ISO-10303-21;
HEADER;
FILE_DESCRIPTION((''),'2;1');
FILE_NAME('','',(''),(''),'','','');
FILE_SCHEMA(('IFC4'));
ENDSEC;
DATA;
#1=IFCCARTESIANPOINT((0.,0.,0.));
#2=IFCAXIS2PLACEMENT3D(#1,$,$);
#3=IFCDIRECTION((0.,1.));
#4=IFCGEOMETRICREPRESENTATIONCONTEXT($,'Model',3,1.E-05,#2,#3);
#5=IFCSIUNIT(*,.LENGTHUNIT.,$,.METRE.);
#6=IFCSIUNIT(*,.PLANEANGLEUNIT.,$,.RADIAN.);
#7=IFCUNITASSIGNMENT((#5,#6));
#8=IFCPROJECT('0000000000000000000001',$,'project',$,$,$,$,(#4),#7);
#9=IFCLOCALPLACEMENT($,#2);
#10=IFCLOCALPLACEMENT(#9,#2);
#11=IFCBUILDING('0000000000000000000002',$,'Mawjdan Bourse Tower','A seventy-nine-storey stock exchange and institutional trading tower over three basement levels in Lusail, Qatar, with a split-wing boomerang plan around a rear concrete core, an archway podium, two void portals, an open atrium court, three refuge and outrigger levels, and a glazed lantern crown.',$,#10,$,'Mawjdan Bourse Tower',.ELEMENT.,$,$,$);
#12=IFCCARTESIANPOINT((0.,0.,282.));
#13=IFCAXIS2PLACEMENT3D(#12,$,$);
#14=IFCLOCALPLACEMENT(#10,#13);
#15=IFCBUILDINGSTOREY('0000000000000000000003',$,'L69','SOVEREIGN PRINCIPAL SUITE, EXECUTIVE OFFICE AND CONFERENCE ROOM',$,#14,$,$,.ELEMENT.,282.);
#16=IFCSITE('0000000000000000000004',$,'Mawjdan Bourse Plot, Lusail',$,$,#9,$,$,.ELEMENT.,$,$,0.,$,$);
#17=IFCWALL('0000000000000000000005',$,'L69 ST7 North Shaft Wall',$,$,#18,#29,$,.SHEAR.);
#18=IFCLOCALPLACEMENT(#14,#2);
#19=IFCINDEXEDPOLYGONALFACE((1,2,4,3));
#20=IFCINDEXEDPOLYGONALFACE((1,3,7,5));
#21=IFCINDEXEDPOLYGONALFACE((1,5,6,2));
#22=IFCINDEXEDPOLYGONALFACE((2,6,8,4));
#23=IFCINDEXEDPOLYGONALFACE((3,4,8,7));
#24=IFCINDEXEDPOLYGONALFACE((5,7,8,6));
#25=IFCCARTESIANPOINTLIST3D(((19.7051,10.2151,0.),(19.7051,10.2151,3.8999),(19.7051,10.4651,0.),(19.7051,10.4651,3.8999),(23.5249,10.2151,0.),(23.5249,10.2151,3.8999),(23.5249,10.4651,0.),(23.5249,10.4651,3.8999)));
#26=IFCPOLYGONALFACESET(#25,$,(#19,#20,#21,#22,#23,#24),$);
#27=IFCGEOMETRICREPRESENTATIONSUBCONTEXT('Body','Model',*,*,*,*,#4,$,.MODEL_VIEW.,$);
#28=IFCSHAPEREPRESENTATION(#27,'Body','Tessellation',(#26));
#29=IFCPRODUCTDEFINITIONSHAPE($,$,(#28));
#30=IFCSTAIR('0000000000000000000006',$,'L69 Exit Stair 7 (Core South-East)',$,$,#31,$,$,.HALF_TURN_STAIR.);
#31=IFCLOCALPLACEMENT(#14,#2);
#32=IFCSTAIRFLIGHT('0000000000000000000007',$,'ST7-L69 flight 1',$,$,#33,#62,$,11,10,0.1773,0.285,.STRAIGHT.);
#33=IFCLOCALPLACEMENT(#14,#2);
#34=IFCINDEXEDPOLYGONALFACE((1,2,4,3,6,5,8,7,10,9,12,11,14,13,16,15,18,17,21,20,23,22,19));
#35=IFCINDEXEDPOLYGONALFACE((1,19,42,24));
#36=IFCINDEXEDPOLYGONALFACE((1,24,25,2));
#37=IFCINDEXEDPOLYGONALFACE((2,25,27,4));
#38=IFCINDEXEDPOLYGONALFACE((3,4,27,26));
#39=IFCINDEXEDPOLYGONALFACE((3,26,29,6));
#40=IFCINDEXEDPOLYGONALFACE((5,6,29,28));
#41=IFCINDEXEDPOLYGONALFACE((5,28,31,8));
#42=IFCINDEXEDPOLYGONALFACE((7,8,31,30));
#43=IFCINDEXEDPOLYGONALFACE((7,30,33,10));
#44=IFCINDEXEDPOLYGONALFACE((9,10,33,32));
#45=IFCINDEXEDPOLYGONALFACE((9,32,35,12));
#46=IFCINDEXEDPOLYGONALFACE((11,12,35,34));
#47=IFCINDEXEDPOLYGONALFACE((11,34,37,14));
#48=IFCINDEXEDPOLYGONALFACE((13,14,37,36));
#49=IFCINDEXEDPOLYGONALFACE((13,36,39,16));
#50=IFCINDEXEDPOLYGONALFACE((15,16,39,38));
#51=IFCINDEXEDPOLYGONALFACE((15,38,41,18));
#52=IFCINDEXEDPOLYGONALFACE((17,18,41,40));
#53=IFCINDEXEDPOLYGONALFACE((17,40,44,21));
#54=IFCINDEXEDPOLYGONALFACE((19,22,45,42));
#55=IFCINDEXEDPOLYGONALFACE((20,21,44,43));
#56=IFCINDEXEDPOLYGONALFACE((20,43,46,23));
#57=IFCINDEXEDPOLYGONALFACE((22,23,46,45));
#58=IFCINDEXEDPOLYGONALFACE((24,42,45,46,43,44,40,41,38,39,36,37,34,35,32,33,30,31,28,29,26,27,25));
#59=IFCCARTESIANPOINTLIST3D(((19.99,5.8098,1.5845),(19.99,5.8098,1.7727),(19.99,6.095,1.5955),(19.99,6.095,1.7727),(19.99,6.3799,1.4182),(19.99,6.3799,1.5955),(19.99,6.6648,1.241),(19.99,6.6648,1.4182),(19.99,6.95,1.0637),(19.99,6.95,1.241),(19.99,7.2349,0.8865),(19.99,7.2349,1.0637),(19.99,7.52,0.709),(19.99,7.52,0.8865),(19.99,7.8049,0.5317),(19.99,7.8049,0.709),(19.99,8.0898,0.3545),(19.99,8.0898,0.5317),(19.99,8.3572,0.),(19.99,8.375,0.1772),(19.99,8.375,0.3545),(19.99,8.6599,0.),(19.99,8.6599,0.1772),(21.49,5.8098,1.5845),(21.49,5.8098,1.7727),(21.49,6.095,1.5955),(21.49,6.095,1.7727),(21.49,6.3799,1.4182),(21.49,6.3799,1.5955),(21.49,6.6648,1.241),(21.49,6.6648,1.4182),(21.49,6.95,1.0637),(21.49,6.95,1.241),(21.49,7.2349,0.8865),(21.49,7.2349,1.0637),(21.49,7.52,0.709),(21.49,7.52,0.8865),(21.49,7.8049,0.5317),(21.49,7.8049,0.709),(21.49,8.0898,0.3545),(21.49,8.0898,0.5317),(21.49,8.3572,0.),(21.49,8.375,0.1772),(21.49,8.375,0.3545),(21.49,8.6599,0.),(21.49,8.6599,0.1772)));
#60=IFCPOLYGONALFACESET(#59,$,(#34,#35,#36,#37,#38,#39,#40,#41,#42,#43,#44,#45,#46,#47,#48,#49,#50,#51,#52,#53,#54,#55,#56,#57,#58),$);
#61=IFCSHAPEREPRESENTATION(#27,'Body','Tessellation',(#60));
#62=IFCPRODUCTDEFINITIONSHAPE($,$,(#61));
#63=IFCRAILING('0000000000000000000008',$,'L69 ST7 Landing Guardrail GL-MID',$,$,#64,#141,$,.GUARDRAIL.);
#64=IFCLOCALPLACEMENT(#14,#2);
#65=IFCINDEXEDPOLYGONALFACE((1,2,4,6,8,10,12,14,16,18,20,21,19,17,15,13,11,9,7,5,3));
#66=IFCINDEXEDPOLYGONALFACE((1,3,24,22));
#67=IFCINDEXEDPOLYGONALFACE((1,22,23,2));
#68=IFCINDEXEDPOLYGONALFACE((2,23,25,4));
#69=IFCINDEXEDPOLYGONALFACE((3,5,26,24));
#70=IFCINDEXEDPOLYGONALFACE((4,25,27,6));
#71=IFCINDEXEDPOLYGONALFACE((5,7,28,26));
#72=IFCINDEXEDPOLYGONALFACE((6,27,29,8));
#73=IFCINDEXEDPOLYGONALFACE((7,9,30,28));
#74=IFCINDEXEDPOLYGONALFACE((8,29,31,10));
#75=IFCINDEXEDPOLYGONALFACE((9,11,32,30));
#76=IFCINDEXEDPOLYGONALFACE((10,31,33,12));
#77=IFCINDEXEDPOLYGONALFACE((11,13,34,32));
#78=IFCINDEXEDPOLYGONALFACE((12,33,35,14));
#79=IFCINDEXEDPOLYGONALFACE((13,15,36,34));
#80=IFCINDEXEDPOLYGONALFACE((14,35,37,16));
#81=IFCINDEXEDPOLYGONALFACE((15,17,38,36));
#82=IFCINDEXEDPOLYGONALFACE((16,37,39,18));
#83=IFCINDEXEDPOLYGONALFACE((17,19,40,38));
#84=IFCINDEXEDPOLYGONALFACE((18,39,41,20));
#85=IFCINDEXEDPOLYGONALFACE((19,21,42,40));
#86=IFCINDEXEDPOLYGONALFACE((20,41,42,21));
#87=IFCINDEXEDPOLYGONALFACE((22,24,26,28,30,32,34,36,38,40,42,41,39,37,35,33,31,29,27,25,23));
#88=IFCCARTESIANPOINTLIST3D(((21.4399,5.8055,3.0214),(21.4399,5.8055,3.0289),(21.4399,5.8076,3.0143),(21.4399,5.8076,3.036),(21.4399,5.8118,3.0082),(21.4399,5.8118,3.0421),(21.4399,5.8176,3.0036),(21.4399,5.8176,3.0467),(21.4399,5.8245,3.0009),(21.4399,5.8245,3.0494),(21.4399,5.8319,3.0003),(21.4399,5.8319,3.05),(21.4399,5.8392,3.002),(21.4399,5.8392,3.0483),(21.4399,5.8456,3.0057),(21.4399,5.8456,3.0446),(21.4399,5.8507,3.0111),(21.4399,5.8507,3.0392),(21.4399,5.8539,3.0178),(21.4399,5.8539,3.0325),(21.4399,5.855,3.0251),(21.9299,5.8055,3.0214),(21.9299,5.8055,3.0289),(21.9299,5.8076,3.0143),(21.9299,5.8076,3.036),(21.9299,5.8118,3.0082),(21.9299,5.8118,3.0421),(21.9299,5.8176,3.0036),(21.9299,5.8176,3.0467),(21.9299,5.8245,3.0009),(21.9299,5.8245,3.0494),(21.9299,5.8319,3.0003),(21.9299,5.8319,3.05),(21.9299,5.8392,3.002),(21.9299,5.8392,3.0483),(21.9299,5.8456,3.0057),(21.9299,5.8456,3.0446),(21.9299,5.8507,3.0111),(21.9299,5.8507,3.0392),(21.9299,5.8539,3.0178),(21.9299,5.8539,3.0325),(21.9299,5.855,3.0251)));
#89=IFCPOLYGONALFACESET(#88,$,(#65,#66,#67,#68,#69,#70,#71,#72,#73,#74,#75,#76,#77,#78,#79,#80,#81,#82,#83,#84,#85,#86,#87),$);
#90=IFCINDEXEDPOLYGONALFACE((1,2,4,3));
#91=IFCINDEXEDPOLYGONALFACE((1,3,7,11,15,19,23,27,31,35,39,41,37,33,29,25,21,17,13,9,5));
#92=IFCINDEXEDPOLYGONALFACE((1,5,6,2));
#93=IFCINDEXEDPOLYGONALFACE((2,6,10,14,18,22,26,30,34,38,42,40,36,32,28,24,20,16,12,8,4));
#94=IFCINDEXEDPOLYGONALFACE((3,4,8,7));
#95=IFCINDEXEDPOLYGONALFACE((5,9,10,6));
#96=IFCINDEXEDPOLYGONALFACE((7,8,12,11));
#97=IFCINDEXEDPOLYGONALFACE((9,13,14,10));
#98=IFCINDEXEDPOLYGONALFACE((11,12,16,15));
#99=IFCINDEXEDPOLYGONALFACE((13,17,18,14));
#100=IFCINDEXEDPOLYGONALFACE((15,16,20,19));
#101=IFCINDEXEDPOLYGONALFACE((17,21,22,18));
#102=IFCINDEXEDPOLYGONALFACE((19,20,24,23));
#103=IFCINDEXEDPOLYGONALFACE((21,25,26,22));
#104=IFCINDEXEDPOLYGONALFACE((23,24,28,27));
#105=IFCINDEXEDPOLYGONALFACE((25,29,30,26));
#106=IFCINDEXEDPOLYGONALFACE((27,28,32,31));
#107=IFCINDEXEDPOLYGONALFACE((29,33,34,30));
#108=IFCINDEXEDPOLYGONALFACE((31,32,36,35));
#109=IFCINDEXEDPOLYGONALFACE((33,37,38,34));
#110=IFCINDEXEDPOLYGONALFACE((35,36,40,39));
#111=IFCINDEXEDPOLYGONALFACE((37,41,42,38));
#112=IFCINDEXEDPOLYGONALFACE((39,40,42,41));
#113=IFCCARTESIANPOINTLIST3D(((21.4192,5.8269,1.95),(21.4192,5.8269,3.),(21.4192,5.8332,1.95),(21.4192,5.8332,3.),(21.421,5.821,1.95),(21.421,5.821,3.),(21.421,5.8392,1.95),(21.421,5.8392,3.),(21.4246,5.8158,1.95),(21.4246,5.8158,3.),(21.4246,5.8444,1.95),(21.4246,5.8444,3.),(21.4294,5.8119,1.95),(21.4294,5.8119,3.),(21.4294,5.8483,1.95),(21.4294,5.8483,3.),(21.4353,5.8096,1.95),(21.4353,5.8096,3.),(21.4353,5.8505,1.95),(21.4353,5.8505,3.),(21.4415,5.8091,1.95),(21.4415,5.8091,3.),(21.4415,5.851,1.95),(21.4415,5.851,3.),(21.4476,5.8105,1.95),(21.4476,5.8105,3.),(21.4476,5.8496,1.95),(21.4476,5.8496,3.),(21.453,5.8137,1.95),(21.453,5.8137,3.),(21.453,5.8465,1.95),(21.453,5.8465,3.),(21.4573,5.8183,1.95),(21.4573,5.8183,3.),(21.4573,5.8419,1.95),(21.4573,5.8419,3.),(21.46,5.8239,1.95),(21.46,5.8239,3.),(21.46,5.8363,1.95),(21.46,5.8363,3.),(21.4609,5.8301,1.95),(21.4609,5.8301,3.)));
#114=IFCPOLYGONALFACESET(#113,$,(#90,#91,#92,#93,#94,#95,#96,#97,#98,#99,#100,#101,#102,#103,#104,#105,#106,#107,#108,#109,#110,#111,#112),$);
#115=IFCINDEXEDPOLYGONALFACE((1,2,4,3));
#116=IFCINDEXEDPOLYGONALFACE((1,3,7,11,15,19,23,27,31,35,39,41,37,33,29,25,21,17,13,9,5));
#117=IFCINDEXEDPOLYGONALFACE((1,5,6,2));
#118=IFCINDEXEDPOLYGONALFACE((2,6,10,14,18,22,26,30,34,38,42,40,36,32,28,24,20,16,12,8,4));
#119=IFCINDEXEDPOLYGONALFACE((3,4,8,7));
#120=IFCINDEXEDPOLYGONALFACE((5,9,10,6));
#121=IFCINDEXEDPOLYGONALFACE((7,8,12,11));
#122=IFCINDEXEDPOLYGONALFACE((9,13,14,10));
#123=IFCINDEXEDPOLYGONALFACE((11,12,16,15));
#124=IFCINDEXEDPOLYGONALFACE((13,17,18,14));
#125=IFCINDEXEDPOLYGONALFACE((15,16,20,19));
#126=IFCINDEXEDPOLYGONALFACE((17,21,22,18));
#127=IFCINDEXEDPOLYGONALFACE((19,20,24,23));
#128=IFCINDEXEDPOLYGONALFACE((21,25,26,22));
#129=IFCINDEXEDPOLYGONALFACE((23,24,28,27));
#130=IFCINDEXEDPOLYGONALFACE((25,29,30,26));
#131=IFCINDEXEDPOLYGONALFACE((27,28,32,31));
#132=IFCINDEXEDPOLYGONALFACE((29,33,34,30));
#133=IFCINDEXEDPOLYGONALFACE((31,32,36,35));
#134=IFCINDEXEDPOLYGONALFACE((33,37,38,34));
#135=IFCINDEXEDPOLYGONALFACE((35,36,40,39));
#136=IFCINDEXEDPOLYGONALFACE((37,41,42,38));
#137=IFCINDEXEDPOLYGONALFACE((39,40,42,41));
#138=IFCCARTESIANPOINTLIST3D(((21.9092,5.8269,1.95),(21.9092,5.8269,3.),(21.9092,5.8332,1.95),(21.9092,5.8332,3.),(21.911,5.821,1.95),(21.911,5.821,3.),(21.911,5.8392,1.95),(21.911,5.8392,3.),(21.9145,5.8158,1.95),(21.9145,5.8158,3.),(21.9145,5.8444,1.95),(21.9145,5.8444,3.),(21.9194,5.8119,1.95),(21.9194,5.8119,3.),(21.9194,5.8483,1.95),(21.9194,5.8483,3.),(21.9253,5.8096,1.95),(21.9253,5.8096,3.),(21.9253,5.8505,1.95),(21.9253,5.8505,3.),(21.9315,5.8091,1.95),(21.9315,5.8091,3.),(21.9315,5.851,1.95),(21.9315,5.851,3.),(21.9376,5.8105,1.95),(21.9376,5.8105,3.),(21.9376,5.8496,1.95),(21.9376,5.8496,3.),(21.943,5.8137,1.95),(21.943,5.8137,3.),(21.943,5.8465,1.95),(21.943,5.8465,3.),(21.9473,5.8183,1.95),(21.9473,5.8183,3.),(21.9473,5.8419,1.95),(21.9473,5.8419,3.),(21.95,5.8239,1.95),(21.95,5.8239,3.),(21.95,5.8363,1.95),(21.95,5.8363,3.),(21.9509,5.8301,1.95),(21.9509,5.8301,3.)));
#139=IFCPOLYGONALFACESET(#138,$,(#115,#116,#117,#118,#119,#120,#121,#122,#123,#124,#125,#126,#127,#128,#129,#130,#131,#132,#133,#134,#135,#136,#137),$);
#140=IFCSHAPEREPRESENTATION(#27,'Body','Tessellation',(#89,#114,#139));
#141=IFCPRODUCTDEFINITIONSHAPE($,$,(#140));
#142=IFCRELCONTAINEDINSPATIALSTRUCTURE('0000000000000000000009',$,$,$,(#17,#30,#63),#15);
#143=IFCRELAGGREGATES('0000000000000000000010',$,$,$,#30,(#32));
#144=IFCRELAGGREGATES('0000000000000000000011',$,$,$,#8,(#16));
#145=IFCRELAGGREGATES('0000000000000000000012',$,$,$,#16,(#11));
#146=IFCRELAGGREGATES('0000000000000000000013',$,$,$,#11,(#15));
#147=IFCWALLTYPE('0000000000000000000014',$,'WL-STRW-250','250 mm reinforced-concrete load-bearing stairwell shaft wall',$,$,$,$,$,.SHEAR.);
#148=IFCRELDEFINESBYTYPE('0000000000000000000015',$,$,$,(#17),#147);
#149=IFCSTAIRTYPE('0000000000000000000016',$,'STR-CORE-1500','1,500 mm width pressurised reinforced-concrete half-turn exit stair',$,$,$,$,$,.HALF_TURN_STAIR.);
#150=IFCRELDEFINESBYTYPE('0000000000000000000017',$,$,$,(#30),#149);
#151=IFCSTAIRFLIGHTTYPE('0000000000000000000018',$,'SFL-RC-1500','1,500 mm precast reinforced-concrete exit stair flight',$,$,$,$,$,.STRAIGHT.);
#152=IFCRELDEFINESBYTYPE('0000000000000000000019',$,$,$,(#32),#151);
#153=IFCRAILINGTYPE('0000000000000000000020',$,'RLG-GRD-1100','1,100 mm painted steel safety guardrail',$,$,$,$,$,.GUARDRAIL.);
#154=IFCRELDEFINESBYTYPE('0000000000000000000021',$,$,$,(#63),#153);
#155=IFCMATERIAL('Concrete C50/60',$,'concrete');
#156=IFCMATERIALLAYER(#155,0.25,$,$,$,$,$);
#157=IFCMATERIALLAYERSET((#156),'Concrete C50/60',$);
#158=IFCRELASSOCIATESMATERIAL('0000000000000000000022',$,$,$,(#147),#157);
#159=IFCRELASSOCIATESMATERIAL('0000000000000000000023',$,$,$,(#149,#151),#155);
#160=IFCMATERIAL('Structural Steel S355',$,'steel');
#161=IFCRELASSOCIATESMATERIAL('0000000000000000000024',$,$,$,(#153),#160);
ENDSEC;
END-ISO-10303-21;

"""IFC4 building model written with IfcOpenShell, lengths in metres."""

from ifc_helpers import new_model, si_unit, direction, frame, frame_2d, origin, origin_2d, place, context, subcontext, project, spatial, polyline, rectangle, circle, outline, extrude, material, layer, layer_set, type_object, element, aggregate, save


model = new_model("IFC4")

# Units and contexts
model_context = context("Model", 3, precision=1e-05, world=origin(), true_north=direction((0.0, 1.0)))
body_context = subcontext(model_context, "Body", "Model", "MODEL_VIEW")
ifc_project = project(units=[si_unit("LENGTHUNIT", "METRE"), si_unit("PLANEANGLEUNIT", "RADIAN")], contexts=[model_context])

# Site, building, storey
site_placement = place(None, origin())
site = spatial("IfcSite", under=ifc_project, at=site_placement, Name="Mawjdan Bourse Plot, Lusail", CompositionType="ELEMENT", RefElevation=0.0)
building_placement = place(site_placement, origin())
building = spatial("IfcBuilding", under=site, at=building_placement, Name="Mawjdan Bourse Tower", Description="A seventy-nine-storey stock exchange and institutional trading tower over three basement levels in Lusail, Qatar, with a split-wing boomerang plan around a rear concrete core, an archway podium, two void portals, an open atrium court, three refuge and outrigger levels, and a glazed lantern crown.", LongName="Mawjdan Bourse Tower", CompositionType="ELEMENT")
storey_placement = place(building_placement, frame((0.0, 0.0, 282.0)))
storey = spatial("IfcBuildingStorey", under=building, at=storey_placement, Name="L69", Description="SOVEREIGN PRINCIPAL SUITE, EXECUTIVE OFFICE AND CONFERENCE ROOM", CompositionType="ELEMENT", Elevation=282.0)

# Shared definitions
ifc_material_1 = material(Name="Structural Steel S355", Category="steel")

# Shared definitions
ifc_material_2 = material(Name="Concrete C50/60", Category="concrete")

# Wall
ifc_layer_1 = layer(ifc_material_2, 0.25)
ifc_layer_set_1 = layer_set([ifc_layer_1], Name="Concrete C50/60")
wall_type_1 = type_object("IfcWallType", Name="WL-STRW-250", Description="250 mm reinforced-concrete load-bearing stairwell shaft wall", PredefinedType="SHEAR", material=ifc_layer_set_1)
wall_1_placement = place(storey_placement, frame((19.7051, 10.3401, 0.0), z_axis=(0.0, 0.0, 1.0), x_axis=(1.0, 0.0, 0.0)))
element("IfcWall", 1, at=wall_1_placement, inside=storey, type_object=wall_type_1, Name="L69 ST7 North Shaft Wall", PredefinedType="SHEAR", context=body_context, shape_type="SweptSolid", body=[
    extrude(rectangle(XDim=3.8198, YDim=0.25, at=frame_2d((1.9099, 0.0))), origin(), (0.0, 0.0, 1.0), 3.8999),
])

# Stair, stair flight
stair_type = type_object("IfcStairType", Name="STR-CORE-1500", Description="1,500 mm width pressurised reinforced-concrete half-turn exit stair", PredefinedType="HALF_TURN_STAIR", material=ifc_material_2)
stair_placement = place(storey_placement, origin())
stair = element("IfcStair", 2, at=stair_placement, inside=storey, type_object=stair_type, Name="L69 Exit Stair 7 (Core South-East)", PredefinedType="HALF_TURN_STAIR")
stair_flight_type = type_object("IfcStairFlightType", Name="SFL-RC-1500", Description="1,500 mm precast reinforced-concrete exit stair flight", PredefinedType="STRAIGHT", material=ifc_material_2)
stair_flight_placement = place(storey_placement, frame((20.74, 8.6599, 0.0), z_axis=(0.0, 0.0, 1.0), x_axis=(0.0, -1.0, 0.0)))
stair_flight = element("IfcStairFlight", 3, at=stair_flight_placement, type_object=stair_flight_type, Name="ST7-L69 flight 1", NumberOfRisers=11, NumberOfTreads=10, PredefinedType="STRAIGHT", RiserHeight=0.1773, TreadLength=0.285, context=body_context, shape_type="SweptSolid", body=[
    extrude(outline(polyline([(0.0, 0.0), (0.0, 0.1772), (0.2849, 0.1772), (0.2849, 0.3545), (0.5701, 0.3545), (0.5701, 0.5317), (0.855, 0.5317), (0.855, 0.709), (1.1399, 0.709), (1.1399, 0.8865), (1.425, 0.8865), (1.425, 1.0637), (1.71, 1.0637), (1.71, 1.241), (1.9951, 1.241), (1.9951, 1.4182), (2.28, 1.4182), (2.28, 1.5955), (2.5649, 1.5955), (2.5649, 1.7727), (2.8501, 1.7727), (2.8501, 1.95), (2.8501, 1.5845), (0.3027, 0.0), (0.0, 0.0)])), frame((0.0, 0.75, 0.0), z_axis=(0.0, -1.0, 0.0), x_axis=(1.0, 0.0, 0.0)), (0.0, 0.0, 1.0), 1.5),
])
aggregate(stair, [stair_flight])

# Railing
railing_type = type_object("IfcRailingType", Name="RLG-GRD-1100", Description="1,100 mm painted steel safety guardrail", PredefinedType="GUARDRAIL", material=ifc_material_1)
railing_placement = place(storey_placement, frame((21.4399, 5.8301, 1.95)))
element("IfcRailing", 4, at=railing_placement, inside=storey, type_object=railing_type, Name="L69 ST7 Landing Guardrail GL-MID", PredefinedType="GUARDRAIL", context=body_context, shape_type="SweptSolid", body=[
    extrude(circle(Radius=0.0249, at=origin_2d()), frame((0.0, 0.0, 1.0752), z_axis=(1.0, 0.0, 0.0), x_axis=(0.0, 1.0, 0.0)), (0.0, 0.0, 1.0), 0.49),
    extrude(circle(Radius=0.021, at=origin_2d()), origin(), (0.0, 0.0, 1.0), 1.05),
    extrude(circle(Radius=0.021, at=origin_2d()), frame((0.49, 0.0, 0.0)), (0.0, 0.0, 1.0), 1.05),
])

save(model, "model.ifc")
